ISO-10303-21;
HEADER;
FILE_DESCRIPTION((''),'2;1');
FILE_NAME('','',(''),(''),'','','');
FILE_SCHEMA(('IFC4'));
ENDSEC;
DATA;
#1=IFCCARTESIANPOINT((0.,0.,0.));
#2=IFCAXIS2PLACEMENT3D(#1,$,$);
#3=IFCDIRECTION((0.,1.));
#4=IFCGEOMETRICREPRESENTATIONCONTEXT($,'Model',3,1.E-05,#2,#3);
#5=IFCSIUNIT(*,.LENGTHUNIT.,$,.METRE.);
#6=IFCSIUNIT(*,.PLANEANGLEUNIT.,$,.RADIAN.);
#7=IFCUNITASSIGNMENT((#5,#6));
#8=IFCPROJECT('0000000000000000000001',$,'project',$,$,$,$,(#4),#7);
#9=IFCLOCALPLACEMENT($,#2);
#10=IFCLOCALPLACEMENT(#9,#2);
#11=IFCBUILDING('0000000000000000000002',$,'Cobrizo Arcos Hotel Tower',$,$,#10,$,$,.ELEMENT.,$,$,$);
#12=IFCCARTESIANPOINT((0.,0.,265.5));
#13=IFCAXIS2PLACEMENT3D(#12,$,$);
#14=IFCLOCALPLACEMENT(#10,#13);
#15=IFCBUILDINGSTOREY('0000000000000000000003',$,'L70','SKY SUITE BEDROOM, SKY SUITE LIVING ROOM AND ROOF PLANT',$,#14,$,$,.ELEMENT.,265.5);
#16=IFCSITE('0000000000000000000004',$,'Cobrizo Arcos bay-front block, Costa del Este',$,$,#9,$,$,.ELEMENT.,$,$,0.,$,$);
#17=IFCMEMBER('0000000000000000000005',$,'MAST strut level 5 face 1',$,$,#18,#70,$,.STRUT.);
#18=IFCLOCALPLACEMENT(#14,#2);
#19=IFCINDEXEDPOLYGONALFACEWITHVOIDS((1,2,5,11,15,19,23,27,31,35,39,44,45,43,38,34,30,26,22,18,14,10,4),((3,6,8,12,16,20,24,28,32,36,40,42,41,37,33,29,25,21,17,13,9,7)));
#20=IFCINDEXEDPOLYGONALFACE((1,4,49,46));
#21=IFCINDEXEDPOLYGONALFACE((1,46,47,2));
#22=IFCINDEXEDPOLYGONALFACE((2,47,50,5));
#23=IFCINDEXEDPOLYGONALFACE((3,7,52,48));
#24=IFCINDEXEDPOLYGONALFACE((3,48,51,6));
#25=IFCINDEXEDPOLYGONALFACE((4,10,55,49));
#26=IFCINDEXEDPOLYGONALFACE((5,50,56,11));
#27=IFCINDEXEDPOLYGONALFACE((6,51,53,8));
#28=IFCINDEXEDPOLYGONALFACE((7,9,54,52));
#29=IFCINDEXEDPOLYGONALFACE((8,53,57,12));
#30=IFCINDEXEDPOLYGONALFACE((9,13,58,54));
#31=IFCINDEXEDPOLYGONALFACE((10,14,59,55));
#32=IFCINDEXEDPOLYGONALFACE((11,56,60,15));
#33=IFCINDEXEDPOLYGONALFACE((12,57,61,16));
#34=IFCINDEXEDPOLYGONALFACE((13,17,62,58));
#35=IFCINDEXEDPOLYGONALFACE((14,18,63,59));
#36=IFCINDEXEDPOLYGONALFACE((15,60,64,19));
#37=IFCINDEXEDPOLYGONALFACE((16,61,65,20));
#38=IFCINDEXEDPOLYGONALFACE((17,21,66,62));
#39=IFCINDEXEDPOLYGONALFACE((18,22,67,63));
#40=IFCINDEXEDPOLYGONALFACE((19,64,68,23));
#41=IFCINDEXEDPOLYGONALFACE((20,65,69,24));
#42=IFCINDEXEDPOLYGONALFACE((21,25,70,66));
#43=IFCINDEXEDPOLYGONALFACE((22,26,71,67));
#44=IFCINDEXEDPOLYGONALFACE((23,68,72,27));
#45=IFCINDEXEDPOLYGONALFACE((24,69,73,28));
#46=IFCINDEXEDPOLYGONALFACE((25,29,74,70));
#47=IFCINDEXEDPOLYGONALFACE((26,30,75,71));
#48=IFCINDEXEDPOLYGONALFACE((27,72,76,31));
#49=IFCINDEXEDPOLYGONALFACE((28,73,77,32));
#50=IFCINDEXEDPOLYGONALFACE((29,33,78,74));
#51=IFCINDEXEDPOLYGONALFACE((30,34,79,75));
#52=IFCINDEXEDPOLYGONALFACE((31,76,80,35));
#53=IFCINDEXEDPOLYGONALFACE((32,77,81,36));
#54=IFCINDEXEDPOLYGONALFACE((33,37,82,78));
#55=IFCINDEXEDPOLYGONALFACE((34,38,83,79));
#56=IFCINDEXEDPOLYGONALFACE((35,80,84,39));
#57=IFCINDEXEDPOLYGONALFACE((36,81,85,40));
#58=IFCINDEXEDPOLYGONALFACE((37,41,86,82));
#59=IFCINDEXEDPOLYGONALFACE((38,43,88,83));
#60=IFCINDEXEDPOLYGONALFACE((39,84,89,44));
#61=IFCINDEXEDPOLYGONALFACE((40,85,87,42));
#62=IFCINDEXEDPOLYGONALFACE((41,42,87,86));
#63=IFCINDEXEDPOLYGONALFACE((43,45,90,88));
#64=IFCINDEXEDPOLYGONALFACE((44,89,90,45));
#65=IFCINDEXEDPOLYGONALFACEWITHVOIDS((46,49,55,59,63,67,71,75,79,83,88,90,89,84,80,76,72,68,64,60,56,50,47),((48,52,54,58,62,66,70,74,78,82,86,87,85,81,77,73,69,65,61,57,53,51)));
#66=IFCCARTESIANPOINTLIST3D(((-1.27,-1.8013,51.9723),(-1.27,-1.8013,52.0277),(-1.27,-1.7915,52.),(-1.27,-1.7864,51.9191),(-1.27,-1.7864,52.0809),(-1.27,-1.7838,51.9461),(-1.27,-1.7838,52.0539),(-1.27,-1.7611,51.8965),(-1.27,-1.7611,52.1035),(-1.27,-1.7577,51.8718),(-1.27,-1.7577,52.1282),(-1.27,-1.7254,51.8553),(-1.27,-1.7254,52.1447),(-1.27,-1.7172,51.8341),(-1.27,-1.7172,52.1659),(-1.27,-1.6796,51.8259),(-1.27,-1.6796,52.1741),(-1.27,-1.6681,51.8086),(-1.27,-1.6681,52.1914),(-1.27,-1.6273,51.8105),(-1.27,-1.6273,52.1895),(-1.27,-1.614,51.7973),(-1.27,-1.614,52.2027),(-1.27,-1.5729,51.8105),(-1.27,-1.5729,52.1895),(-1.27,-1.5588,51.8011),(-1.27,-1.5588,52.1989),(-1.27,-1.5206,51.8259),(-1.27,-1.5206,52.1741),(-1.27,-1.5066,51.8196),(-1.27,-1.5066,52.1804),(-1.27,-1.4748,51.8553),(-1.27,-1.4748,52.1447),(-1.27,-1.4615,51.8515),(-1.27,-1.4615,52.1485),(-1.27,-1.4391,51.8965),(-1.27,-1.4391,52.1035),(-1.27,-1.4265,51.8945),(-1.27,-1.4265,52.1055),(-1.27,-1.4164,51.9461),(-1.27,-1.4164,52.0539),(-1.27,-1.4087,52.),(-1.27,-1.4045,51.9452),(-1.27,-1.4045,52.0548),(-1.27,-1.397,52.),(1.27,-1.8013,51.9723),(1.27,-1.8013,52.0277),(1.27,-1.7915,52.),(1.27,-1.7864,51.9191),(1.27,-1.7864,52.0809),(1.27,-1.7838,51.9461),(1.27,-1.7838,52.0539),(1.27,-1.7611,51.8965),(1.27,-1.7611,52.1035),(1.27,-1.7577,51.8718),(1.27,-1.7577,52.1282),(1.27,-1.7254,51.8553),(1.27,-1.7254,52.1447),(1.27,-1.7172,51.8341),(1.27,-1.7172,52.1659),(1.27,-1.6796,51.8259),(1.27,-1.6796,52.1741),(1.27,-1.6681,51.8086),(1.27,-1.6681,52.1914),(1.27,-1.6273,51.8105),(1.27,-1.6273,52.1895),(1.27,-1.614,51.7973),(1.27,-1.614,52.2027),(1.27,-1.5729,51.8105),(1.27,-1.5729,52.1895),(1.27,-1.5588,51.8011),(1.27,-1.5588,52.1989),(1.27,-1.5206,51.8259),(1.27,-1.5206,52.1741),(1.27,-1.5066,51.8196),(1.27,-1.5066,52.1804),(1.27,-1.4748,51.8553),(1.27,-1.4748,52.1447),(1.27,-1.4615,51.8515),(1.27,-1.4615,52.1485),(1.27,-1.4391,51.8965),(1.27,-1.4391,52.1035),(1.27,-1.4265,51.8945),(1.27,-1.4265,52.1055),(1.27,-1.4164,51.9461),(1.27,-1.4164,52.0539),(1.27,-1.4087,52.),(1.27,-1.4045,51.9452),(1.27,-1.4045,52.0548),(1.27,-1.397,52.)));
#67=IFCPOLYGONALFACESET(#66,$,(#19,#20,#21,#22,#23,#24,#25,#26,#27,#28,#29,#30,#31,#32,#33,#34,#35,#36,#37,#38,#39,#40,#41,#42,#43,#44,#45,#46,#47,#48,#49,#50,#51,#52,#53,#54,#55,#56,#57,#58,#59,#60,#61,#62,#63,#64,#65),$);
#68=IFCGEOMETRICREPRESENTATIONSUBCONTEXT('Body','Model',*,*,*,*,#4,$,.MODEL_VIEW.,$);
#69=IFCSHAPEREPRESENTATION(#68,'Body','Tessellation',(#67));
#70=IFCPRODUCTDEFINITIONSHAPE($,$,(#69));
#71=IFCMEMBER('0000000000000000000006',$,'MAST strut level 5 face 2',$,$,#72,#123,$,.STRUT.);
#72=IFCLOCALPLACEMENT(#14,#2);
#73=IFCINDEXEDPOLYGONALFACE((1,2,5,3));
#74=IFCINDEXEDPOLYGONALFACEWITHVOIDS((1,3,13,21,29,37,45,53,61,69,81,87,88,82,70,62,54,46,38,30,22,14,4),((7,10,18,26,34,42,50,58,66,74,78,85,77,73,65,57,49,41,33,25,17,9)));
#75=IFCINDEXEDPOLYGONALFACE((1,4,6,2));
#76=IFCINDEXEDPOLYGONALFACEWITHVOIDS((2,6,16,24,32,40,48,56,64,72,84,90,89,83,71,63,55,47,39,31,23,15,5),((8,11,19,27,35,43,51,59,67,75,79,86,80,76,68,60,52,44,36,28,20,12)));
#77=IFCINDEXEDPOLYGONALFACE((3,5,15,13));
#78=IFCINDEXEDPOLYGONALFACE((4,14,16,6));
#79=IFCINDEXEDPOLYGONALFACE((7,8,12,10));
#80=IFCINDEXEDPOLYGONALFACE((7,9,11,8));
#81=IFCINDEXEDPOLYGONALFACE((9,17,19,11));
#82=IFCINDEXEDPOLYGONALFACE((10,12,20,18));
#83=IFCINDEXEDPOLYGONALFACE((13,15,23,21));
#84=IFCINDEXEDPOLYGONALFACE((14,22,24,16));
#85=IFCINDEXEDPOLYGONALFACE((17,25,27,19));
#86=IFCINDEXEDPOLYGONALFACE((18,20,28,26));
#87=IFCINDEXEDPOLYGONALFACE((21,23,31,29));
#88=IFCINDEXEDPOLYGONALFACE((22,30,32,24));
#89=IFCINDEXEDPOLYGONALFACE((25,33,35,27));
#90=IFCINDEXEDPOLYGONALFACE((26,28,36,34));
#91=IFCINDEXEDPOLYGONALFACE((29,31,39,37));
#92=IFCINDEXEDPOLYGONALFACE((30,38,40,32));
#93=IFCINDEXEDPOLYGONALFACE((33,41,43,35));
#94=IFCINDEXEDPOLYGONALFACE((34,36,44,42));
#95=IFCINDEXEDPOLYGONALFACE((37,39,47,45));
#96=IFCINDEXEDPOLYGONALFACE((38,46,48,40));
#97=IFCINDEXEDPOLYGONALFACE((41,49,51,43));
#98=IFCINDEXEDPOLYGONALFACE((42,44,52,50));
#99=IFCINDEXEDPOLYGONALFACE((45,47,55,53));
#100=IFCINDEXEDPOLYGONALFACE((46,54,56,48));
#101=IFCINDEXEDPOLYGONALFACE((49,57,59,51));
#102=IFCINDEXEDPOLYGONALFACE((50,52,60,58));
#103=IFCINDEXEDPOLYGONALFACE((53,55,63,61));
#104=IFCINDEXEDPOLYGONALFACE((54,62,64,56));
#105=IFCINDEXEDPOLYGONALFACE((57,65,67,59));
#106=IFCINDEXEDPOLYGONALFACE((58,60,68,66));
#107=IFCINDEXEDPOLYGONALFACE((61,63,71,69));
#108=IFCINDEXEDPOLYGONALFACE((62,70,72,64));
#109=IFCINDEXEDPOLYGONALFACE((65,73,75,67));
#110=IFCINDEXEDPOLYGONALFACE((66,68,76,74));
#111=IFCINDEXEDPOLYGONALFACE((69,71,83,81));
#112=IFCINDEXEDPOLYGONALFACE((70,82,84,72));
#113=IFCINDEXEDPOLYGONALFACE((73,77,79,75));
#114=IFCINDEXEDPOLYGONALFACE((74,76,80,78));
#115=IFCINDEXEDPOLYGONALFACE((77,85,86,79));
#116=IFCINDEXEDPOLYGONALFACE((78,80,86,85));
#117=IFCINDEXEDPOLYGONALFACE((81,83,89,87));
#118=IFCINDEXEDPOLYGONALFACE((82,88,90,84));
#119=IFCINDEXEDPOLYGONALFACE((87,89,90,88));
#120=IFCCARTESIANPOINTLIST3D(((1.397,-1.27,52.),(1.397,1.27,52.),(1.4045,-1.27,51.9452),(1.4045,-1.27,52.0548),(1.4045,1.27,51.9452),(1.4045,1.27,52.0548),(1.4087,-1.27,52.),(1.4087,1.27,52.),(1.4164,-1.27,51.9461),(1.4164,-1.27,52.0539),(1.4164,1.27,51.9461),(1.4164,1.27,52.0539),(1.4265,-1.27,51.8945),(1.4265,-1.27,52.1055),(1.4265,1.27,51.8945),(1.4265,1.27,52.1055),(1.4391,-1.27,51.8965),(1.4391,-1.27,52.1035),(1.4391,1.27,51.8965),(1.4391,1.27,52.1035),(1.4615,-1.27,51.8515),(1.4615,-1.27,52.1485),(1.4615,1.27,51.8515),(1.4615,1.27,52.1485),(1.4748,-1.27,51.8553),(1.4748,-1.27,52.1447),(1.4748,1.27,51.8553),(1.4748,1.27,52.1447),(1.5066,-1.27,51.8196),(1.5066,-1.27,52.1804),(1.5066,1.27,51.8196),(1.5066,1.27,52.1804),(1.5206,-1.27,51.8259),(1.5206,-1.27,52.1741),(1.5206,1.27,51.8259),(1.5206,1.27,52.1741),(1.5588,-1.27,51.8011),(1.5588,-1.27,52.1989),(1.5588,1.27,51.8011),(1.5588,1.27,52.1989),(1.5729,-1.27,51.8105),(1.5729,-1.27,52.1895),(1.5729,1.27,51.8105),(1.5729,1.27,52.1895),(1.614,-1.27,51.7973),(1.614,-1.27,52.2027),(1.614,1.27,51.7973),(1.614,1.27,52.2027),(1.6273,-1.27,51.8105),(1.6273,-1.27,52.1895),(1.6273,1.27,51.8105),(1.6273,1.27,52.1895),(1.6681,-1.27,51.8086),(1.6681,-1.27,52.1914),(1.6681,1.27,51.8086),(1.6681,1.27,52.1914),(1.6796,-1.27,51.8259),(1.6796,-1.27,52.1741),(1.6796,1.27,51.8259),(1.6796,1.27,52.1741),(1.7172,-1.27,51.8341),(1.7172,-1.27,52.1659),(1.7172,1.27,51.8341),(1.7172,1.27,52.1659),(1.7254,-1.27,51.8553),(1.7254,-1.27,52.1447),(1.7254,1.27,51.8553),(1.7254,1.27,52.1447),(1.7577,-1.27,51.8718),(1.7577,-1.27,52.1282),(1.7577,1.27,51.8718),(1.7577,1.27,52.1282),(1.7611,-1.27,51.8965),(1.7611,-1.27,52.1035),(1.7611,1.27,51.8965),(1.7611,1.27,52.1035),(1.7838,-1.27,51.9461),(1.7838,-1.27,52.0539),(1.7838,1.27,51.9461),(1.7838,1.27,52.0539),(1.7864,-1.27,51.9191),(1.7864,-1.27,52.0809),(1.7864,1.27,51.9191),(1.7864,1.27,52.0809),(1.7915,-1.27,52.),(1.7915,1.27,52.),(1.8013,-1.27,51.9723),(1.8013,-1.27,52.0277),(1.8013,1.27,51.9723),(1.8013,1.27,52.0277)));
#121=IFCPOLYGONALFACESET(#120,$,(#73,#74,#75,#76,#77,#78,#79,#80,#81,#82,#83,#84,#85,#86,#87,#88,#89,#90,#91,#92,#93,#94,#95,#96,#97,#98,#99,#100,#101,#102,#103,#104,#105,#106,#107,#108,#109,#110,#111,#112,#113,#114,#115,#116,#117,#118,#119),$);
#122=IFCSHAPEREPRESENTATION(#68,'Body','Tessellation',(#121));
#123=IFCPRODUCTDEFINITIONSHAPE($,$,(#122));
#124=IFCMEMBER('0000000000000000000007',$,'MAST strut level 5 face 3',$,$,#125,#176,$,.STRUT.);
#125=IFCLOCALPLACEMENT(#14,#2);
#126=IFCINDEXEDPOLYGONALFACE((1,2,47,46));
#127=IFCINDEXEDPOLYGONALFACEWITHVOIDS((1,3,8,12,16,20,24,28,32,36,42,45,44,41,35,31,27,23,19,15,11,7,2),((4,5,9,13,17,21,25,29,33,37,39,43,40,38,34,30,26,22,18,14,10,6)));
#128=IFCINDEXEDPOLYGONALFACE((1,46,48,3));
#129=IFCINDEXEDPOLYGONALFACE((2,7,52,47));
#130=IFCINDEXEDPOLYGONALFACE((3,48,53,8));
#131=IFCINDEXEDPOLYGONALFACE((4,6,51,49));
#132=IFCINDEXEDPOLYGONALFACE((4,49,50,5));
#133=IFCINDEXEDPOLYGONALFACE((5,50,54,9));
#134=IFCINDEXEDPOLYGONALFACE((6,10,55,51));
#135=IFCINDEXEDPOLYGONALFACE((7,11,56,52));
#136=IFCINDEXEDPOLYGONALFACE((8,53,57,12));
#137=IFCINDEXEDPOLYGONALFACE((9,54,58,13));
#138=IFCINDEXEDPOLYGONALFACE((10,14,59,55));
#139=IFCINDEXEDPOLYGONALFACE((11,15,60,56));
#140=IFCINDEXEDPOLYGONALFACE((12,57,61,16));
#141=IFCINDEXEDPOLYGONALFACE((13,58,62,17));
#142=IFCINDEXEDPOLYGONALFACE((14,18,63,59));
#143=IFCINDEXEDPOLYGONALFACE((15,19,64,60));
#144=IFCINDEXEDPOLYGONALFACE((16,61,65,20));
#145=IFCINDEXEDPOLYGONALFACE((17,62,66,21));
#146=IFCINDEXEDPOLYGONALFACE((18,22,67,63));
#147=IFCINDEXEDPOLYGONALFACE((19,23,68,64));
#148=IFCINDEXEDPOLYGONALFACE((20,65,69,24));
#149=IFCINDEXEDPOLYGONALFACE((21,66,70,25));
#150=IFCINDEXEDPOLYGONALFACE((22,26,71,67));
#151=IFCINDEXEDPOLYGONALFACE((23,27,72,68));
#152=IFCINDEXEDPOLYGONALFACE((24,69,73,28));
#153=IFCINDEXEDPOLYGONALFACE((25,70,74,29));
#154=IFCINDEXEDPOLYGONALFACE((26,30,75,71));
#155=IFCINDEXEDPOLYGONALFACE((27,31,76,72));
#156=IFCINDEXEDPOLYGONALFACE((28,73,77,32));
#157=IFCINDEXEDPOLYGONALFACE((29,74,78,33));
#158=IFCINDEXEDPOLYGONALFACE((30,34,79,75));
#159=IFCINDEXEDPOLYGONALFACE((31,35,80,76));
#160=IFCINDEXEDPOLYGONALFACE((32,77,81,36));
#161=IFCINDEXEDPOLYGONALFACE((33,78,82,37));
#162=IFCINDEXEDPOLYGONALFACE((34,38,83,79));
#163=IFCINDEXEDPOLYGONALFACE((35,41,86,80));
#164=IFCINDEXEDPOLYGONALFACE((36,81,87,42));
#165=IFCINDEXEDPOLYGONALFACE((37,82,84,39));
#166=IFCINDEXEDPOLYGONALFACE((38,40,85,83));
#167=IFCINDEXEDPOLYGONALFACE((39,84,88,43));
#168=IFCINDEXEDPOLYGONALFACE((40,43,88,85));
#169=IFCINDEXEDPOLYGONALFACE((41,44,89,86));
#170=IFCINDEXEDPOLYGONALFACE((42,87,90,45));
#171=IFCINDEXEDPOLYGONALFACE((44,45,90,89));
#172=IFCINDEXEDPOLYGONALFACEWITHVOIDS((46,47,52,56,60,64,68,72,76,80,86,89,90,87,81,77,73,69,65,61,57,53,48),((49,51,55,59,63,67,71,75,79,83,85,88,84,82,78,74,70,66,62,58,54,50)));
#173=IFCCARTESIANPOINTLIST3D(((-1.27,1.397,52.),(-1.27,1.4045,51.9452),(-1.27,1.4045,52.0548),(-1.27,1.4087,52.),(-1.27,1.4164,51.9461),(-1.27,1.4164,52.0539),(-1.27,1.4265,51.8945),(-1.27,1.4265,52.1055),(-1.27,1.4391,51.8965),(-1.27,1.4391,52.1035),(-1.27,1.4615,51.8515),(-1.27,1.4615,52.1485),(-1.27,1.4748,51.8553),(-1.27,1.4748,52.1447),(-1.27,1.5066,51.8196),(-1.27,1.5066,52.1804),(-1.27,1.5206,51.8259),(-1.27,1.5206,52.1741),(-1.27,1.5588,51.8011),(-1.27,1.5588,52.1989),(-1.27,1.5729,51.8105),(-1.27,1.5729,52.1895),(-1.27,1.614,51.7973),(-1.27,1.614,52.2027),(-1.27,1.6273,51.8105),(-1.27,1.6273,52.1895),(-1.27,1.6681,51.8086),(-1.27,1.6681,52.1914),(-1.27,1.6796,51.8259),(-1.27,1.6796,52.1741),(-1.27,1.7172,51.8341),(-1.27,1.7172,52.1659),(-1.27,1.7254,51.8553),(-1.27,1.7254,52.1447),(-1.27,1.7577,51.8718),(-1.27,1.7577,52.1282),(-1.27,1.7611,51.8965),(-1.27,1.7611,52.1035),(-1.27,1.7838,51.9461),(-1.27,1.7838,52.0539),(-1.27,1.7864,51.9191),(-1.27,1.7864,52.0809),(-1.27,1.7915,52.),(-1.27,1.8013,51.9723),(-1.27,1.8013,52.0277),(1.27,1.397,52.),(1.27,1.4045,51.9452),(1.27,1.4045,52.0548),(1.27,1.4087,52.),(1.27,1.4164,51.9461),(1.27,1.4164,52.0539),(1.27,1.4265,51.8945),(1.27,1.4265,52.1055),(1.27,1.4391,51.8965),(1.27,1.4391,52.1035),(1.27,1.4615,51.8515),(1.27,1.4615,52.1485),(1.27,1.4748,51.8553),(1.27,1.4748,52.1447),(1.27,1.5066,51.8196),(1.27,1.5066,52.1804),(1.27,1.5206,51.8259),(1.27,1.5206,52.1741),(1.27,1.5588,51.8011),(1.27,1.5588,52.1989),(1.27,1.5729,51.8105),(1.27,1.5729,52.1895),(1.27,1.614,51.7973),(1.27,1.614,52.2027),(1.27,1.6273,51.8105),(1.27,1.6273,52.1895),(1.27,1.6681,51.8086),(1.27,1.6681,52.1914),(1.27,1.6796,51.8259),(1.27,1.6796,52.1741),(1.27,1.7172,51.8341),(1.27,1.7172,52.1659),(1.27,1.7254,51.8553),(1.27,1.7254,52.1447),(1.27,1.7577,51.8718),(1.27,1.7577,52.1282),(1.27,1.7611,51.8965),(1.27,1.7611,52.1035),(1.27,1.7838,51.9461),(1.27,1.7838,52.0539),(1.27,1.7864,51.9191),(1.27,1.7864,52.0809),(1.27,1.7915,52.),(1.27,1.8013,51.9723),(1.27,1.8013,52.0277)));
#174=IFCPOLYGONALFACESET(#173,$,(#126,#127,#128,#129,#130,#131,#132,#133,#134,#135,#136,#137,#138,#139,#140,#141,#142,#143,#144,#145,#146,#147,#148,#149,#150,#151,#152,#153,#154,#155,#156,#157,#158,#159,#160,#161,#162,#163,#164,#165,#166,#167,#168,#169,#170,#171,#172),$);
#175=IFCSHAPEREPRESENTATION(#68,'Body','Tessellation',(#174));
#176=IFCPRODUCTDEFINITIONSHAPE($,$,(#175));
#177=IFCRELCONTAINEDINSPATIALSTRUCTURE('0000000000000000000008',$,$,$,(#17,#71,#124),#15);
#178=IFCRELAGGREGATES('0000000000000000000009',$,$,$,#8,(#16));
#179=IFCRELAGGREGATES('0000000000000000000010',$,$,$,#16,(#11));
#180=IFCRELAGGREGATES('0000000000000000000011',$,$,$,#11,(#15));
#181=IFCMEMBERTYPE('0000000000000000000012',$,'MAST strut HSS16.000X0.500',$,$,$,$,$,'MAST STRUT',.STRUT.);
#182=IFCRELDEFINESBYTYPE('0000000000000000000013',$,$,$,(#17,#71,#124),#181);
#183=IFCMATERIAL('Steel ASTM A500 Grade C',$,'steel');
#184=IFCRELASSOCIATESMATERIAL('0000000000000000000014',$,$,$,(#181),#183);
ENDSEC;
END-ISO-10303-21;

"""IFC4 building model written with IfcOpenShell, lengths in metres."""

from ifc_helpers import new_model, si_unit, direction, frame, origin, origin_2d, place, context, subcontext, project, spatial, hollow_circle, extrude, material, material_profile, profile_set, type_object, element, save


model = new_model("IFC4")

# Units and contexts
model_context = context("Model", 3, precision=1e-05, world=origin(), true_north=direction((0.0, 1.0)))
body_context = subcontext(model_context, "Body", "Model", "MODEL_VIEW")
ifc_project = project(units=[si_unit("LENGTHUNIT", "METRE"), si_unit("PLANEANGLEUNIT", "RADIAN")], contexts=[model_context])

# Site, building, storey
site_placement = place(None, origin())
site = spatial("IfcSite", under=ifc_project, at=site_placement, Name="Cobrizo Arcos bay-front block, Costa del Este", CompositionType="ELEMENT", RefElevation=0.0)
building_placement = place(site_placement, origin())
building = spatial("IfcBuilding", under=site, at=building_placement, Name="Cobrizo Arcos Hotel Tower", CompositionType="ELEMENT")
storey_placement = place(building_placement, frame((0.0, 0.0, 265.5)))
storey = spatial("IfcBuildingStorey", under=building, at=storey_placement, Name="L70", Description="SKY SUITE BEDROOM, SKY SUITE LIVING ROOM AND ROOF PLANT", CompositionType="ELEMENT", Elevation=265.5)

# Members
ifc_material_1 = material(Name="Steel ASTM A500 Grade C", Category="steel")
ifc_material_profile_1 = material_profile(ifc_material_1, hollow_circle(Radius=0.2031, WallThickness=0.0117, at=origin_2d()), Name="HSS16.000X0.500")
ifc_profile_set_1 = profile_set([ifc_material_profile_1], Name="Steel ASTM A500 Grade C")
member_type_1 = type_object("IfcMemberType", Name="MAST strut HSS16.000X0.500", ElementType="MAST STRUT", PredefinedType="STRUT", material=ifc_profile_set_1)
for number, where, z_axis, x_axis, name in (
    (1, (-1.27, -1.6001, 52.0), (1.0, 0.0, 0.0), (0.0, 1.0, 0.0), "MAST strut level 5 face 1"),
    (2, (1.6001, -1.27, 52.0), (0.0, 1.0, 0.0), (-1.0, 0.0, 0.0), "MAST strut level 5 face 2"),
    (3, (1.27, 1.6001, 52.0), (-1.0, 0.0, 0.0), (0.0, -1.0, 0.0), "MAST strut level 5 face 3"),
):
    element("IfcMember", number, at=place(storey_placement, frame(where, z_axis=z_axis, x_axis=x_axis)), inside=storey, type_object=member_type_1, Name=name, PredefinedType="STRUT", context=body_context, shape_type="SweptSolid", body=[
        extrude(hollow_circle(Radius=0.2031, WallThickness=0.0117, at=origin_2d()), origin(), (0.0, 0.0, 1.0), 2.54),
    ])

save(model, "model.ifc")
